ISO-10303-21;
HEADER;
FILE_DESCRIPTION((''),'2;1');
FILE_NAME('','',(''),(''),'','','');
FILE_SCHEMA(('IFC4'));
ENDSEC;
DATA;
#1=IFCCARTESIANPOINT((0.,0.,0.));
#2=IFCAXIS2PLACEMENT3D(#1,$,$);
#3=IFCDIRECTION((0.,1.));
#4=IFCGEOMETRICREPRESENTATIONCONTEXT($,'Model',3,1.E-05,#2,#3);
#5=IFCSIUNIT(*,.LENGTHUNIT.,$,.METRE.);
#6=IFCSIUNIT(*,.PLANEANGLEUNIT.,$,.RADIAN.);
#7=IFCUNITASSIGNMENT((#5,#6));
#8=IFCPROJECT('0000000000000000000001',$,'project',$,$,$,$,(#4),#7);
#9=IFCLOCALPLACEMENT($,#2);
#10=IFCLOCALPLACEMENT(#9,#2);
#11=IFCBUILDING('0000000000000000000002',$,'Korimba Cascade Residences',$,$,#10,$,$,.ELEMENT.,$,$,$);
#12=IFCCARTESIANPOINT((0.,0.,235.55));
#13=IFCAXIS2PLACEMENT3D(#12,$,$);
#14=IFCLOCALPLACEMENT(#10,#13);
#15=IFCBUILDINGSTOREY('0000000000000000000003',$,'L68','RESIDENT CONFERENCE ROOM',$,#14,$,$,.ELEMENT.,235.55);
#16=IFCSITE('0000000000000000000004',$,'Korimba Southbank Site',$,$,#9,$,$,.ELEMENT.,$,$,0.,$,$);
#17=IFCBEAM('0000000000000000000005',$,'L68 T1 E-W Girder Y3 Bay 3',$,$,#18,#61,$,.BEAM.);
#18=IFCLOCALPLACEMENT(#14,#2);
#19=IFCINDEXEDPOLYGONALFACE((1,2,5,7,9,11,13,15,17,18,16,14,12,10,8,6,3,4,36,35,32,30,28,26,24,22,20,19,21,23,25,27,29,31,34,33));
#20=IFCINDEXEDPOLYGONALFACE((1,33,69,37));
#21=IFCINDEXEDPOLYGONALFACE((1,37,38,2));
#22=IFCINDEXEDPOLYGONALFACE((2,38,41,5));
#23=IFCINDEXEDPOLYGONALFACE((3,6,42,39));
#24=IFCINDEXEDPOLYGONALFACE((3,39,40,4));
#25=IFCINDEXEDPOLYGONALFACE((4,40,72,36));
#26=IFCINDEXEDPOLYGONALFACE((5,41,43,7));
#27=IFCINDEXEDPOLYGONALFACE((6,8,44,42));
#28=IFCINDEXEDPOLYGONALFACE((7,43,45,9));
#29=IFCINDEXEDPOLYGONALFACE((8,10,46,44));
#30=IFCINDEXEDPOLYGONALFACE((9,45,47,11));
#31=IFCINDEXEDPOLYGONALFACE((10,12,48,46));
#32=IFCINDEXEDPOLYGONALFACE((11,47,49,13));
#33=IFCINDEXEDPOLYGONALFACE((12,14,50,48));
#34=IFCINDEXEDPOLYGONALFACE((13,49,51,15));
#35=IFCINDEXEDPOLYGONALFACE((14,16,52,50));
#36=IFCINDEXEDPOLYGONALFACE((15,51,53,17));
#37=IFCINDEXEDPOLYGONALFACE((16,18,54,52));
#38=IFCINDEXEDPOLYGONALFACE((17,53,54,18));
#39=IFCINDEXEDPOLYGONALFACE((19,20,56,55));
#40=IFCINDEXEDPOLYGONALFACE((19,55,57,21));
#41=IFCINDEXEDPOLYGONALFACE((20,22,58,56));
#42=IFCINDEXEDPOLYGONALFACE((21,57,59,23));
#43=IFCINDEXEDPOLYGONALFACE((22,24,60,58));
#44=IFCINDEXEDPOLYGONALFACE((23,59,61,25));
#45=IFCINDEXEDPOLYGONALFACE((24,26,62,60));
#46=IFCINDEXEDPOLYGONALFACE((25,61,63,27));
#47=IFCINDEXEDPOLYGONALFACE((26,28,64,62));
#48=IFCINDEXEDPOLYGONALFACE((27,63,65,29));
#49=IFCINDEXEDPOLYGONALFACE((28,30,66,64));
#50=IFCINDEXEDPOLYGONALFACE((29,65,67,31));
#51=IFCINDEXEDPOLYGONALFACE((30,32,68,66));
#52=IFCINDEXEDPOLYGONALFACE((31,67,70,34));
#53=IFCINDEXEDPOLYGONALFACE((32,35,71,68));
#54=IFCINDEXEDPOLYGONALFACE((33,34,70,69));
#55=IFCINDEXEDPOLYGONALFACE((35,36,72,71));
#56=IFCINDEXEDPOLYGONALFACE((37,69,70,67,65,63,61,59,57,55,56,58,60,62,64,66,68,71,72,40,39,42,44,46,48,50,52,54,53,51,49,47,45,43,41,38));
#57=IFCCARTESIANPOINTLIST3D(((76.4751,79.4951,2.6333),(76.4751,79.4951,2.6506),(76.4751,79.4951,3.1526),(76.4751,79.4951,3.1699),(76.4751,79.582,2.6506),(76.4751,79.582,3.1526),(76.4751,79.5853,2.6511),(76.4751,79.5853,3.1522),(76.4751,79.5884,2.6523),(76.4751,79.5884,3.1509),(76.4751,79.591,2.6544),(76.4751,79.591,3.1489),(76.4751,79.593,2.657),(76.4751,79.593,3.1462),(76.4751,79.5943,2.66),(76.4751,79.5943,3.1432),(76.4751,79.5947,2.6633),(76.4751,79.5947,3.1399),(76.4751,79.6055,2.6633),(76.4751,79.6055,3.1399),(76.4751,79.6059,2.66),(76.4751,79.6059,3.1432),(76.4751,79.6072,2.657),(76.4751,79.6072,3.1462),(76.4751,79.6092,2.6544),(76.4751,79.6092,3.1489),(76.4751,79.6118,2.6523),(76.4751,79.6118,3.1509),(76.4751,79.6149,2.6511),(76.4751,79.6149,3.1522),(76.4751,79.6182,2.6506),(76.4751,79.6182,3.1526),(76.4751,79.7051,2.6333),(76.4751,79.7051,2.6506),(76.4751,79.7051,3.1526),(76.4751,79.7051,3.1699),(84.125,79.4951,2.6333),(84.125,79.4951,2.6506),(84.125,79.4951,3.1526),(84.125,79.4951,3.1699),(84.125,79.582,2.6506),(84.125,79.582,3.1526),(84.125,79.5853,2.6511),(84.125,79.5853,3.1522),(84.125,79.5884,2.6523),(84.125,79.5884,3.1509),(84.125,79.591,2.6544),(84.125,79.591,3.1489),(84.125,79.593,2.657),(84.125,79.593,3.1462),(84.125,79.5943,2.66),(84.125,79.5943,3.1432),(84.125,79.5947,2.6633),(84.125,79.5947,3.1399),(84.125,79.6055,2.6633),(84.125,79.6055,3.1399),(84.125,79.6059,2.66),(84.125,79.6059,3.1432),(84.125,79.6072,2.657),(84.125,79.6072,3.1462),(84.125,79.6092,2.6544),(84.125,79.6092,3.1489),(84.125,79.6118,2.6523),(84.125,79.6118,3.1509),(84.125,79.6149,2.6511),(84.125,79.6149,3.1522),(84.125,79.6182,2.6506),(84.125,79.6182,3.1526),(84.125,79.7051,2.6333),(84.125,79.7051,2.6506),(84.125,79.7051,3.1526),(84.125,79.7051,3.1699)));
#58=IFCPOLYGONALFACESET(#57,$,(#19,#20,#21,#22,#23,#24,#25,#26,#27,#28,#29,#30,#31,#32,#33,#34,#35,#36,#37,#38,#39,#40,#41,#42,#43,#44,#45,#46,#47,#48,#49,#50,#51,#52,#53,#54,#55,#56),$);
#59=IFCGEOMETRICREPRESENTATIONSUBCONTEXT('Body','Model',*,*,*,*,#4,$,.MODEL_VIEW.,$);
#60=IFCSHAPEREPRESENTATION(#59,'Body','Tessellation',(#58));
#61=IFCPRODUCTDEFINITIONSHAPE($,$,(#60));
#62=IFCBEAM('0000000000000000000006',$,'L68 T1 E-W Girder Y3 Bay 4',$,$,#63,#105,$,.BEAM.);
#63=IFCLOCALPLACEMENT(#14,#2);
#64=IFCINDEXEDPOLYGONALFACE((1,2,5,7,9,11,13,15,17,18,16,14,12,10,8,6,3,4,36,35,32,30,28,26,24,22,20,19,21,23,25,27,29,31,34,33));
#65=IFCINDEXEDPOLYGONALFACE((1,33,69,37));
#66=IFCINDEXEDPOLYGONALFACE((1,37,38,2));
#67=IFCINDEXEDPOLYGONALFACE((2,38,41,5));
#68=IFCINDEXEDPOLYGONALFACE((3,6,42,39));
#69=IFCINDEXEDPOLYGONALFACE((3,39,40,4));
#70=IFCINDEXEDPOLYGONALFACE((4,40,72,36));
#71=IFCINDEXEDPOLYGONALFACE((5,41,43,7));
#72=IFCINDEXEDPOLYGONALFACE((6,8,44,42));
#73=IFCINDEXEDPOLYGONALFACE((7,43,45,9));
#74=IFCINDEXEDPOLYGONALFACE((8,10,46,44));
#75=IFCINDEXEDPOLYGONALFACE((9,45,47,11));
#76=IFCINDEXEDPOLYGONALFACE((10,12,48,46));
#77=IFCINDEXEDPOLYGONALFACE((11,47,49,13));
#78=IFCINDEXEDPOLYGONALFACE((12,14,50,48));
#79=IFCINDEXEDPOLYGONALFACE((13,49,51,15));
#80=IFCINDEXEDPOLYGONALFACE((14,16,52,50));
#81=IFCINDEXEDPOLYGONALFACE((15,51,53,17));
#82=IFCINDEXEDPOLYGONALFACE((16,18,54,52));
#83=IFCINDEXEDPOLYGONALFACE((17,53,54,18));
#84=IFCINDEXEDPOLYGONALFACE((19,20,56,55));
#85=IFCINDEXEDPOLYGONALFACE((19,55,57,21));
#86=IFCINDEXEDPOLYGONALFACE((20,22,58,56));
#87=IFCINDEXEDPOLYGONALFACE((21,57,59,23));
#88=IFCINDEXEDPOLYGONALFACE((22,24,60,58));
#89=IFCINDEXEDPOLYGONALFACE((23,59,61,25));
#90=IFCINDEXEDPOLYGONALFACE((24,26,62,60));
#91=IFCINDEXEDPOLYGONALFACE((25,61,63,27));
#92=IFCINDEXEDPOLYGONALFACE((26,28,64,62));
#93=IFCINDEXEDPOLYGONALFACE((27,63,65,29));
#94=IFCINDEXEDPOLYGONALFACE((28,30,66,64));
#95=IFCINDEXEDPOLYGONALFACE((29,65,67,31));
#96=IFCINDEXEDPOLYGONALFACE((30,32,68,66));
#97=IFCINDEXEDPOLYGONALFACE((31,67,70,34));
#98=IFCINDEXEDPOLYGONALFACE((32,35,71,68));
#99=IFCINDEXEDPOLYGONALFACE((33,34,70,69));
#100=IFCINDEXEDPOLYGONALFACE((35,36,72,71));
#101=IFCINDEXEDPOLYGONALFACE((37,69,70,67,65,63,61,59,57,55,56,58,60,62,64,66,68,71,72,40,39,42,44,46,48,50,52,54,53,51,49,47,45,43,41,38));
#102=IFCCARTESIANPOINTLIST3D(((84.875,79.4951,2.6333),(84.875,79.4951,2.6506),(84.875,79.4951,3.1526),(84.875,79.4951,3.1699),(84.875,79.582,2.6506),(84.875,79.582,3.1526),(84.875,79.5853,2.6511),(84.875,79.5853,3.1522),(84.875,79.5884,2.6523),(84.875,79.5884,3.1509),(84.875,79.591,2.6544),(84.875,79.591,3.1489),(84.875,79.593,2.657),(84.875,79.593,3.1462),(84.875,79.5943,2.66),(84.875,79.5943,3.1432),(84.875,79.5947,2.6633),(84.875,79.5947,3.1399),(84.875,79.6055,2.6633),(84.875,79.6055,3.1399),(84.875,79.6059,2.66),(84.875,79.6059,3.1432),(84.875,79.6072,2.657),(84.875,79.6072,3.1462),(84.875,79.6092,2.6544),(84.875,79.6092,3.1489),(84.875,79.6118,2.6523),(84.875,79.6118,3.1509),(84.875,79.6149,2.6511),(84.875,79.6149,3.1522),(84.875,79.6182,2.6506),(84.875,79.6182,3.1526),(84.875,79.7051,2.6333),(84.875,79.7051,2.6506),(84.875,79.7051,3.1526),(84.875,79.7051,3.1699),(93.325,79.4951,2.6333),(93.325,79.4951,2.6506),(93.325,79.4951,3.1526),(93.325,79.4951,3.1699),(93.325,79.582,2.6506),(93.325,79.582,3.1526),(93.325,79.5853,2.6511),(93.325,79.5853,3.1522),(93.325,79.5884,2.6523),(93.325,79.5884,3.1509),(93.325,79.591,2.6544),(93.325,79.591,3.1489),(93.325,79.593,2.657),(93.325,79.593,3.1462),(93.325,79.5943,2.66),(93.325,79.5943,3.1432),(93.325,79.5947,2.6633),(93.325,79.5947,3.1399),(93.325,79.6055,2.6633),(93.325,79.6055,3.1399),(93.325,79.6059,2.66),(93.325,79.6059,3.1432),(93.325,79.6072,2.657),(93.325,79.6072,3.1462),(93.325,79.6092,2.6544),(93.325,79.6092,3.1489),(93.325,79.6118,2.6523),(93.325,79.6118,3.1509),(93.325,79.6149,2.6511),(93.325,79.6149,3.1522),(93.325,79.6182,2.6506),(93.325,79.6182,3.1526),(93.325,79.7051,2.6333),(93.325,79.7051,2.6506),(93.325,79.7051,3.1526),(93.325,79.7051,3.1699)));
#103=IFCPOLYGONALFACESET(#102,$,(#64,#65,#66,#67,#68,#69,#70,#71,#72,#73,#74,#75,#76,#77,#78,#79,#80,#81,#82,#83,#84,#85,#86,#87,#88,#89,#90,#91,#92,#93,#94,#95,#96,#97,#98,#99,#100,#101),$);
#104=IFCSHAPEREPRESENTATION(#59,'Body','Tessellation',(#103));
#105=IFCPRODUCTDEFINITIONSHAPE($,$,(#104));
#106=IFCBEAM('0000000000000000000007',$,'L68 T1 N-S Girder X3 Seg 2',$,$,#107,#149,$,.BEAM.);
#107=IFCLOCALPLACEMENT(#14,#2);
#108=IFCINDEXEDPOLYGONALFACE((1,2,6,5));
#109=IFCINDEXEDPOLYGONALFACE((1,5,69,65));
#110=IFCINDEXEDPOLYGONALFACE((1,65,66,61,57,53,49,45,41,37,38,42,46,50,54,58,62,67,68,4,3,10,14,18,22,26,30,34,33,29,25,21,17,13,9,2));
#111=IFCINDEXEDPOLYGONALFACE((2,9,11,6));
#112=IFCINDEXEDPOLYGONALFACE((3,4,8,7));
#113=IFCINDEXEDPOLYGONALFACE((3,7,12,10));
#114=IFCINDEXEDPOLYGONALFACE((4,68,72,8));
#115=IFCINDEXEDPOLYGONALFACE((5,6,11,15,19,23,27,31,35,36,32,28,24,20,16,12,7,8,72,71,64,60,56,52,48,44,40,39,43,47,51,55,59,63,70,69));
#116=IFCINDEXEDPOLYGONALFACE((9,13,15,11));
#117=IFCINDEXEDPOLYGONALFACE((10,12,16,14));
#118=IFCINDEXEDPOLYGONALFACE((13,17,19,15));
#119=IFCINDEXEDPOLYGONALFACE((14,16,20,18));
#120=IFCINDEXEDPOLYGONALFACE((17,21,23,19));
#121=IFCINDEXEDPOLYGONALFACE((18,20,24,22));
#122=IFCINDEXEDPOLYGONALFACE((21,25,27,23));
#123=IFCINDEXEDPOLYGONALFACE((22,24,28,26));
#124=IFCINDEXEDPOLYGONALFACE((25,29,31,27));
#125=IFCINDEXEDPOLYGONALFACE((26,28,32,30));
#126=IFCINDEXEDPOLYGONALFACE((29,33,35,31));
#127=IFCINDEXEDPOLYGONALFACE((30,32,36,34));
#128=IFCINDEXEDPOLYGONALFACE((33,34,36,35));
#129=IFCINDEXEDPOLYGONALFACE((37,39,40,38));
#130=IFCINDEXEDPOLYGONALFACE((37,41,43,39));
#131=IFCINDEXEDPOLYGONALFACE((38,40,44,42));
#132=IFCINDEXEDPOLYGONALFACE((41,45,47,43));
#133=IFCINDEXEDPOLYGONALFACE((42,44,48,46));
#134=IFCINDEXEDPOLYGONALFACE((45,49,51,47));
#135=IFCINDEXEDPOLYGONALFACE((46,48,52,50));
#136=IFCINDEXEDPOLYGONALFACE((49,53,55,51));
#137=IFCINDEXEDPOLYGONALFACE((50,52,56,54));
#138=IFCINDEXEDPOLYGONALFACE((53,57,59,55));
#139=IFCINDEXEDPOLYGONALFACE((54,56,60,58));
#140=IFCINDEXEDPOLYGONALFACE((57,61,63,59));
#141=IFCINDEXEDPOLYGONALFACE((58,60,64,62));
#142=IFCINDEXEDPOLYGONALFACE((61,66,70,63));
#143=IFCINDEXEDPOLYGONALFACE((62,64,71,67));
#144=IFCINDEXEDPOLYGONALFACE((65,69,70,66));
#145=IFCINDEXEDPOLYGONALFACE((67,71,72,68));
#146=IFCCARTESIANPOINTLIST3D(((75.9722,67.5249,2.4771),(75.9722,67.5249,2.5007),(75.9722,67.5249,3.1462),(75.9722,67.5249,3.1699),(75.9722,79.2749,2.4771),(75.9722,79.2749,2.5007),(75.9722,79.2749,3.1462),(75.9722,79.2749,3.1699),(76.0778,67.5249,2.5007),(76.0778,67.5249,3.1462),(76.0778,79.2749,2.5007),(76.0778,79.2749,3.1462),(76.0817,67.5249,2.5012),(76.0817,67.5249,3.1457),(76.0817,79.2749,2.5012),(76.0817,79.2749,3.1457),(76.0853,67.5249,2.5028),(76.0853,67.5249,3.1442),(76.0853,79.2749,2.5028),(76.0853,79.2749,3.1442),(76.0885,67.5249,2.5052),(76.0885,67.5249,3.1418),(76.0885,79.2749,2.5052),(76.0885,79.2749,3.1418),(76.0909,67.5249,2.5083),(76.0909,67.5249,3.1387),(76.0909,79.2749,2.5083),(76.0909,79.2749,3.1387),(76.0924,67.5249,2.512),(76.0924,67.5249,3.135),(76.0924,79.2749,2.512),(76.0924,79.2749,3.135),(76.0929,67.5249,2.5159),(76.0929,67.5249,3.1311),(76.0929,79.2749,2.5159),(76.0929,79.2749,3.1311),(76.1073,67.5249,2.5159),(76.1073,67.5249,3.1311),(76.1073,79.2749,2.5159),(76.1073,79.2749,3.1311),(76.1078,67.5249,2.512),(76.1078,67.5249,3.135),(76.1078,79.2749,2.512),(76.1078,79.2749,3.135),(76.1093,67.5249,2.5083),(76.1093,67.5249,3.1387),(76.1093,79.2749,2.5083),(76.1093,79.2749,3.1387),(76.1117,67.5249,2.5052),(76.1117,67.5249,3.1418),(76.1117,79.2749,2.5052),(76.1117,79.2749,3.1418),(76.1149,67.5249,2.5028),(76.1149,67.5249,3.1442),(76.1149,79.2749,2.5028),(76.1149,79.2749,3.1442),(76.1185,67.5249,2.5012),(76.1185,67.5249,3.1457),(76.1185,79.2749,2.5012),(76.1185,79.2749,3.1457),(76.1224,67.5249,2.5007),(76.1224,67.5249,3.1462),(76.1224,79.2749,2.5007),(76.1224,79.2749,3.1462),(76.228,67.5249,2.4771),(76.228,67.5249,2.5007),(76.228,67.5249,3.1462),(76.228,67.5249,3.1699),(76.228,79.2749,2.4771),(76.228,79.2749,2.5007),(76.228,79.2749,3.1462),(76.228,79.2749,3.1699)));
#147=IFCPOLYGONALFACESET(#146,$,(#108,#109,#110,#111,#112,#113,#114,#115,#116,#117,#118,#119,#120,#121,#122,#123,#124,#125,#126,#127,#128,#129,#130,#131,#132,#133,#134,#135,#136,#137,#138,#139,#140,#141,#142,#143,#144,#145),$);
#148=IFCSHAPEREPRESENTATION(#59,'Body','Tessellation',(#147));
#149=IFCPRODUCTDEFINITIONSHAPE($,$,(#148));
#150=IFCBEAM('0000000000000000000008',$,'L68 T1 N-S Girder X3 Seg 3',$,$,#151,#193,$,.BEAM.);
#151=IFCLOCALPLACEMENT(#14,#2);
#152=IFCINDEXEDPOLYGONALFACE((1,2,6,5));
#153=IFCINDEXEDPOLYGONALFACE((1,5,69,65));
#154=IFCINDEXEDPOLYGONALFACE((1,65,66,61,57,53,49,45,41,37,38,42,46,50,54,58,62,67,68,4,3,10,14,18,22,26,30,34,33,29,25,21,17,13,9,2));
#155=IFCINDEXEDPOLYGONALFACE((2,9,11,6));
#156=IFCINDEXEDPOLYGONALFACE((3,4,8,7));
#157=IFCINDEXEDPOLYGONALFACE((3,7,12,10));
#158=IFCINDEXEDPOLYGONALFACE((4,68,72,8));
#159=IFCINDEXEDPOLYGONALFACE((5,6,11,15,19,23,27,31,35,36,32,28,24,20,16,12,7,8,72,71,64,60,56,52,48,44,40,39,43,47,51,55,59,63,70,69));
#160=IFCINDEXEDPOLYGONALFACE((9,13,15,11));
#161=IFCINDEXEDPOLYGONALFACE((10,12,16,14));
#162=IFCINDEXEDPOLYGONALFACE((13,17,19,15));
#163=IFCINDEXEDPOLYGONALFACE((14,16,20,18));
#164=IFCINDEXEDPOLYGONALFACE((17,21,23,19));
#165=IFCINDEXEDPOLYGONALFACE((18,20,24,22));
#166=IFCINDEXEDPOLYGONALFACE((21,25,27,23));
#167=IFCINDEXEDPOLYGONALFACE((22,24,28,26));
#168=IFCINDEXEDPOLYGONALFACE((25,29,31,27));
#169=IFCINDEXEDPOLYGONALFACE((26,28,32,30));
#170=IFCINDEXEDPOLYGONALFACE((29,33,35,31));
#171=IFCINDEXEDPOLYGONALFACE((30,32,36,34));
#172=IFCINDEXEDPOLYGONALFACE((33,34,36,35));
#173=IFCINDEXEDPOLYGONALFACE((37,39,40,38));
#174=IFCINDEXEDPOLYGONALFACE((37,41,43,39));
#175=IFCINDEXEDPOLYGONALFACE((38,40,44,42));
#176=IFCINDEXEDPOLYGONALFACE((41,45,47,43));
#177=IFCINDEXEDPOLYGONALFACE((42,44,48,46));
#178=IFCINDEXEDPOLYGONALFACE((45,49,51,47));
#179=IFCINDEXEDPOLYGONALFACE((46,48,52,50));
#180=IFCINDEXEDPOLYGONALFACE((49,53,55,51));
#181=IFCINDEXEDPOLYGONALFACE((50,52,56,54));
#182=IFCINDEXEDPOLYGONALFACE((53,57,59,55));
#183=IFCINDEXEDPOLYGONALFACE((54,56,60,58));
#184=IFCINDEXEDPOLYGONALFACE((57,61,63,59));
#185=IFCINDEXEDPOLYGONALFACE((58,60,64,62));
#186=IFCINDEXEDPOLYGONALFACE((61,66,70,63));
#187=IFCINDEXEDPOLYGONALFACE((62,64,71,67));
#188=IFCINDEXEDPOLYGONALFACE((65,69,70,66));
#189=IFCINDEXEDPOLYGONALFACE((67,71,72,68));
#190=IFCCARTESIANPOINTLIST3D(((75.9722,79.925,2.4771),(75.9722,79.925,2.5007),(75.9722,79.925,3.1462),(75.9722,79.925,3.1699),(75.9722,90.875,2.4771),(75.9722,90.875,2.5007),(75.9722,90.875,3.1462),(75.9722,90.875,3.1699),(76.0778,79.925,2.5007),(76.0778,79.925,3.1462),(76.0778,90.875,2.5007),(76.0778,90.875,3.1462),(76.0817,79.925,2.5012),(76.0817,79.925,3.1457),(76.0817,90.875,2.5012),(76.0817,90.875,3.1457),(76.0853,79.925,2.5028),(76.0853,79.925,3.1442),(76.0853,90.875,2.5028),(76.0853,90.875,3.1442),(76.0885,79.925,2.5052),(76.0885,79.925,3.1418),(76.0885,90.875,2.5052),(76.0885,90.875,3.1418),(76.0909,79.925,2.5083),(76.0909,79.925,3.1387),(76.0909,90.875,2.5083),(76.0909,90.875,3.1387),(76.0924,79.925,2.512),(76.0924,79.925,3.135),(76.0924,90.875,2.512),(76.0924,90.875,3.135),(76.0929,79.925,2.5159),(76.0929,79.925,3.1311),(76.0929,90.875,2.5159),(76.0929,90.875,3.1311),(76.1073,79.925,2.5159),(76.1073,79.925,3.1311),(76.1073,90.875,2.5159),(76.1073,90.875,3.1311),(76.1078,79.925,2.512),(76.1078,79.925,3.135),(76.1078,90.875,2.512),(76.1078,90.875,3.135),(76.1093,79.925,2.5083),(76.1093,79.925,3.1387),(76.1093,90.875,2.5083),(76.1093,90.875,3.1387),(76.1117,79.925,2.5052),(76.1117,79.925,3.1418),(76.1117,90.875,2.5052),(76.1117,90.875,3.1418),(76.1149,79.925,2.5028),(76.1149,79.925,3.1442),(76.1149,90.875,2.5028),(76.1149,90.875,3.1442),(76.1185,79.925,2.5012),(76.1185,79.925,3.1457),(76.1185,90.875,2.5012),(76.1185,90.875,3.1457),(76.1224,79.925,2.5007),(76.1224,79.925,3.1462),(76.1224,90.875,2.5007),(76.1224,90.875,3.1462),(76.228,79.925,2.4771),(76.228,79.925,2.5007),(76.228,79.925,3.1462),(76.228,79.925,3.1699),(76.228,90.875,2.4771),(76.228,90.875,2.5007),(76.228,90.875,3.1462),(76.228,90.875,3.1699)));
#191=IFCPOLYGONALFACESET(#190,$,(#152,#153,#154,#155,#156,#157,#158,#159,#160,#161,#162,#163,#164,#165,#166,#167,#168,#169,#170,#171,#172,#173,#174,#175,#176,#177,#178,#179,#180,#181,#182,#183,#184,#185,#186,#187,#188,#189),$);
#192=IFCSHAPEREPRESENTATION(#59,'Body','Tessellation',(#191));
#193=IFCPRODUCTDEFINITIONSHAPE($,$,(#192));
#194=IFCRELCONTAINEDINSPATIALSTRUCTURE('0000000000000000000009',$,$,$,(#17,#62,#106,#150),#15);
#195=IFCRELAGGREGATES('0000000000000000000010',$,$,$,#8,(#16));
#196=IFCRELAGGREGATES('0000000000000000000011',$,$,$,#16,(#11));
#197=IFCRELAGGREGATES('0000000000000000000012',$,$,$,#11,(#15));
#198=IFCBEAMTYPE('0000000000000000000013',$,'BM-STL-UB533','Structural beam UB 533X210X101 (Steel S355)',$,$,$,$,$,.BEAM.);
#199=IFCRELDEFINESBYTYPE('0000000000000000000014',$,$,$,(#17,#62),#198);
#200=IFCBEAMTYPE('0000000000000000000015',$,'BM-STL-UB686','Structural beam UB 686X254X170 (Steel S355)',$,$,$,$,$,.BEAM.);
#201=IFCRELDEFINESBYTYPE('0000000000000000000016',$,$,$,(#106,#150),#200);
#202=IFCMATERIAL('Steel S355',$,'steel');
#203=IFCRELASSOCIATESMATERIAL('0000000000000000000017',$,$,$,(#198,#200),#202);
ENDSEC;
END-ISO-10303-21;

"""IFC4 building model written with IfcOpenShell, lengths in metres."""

from ifc_helpers import new_model, si_unit, direction, frame, origin, origin_2d, place, context, subcontext, project, spatial, i_section, extrude, material, material_profile, profile_set, type_object, element, save


model = new_model("IFC4")

# Units and contexts
model_context = context("Model", 3, precision=1e-05, world=origin(), true_north=direction((0.0, 1.0)))
body_context = subcontext(model_context, "Body", "Model", "MODEL_VIEW")
ifc_project = project(units=[si_unit("LENGTHUNIT", "METRE"), si_unit("PLANEANGLEUNIT", "RADIAN")], contexts=[model_context])

# Site, building, storey
site_placement = place(None, origin())
site = spatial("IfcSite", under=ifc_project, at=site_placement, Name="Korimba Southbank Site", CompositionType="ELEMENT", RefElevation=0.0)
building_placement = place(site_placement, origin())
building = spatial("IfcBuilding", under=site, at=building_placement, Name="Korimba Cascade Residences", CompositionType="ELEMENT")
storey_placement = place(building_placement, frame((0.0, 0.0, 235.55)))
storey = spatial("IfcBuildingStorey", under=building, at=storey_placement, Name="L68", Description="RESIDENT CONFERENCE ROOM", CompositionType="ELEMENT", Elevation=235.55)

# Beams
ifc_material_1 = material(Name="Steel S355", Category="steel")
ifc_material_profile_1 = material_profile(ifc_material_1, i_section(OverallWidth=0.21, OverallDepth=0.5366, WebThickness=0.0107, FlangeThickness=0.0173, FilletRadius=0.0127, at=origin_2d()), Name="Steel S355")
ifc_profile_set_1 = profile_set([ifc_material_profile_1], Name="Steel S355")
beam_type_1 = type_object("IfcBeamType", Name="BM-STL-UB533", Description="Structural beam UB 533X210X101 (Steel S355)", PredefinedType="BEAM", material=ifc_profile_set_1)
beam_1_placement = place(storey_placement, frame((76.4751, 79.6001, 2.9016), z_axis=(1.0, 0.0, 0.0), x_axis=(0.0, 1.0, 0.0)))
element("IfcBeam", 1, at=beam_1_placement, inside=storey, type_object=beam_type_1, Name="L68 T1 E-W Girder Y3 Bay 3", PredefinedType="BEAM", context=body_context, shape_type="SweptSolid", body=[
    extrude(i_section(OverallWidth=0.21, OverallDepth=0.5366, WebThickness=0.0107, FlangeThickness=0.0173, FilletRadius=0.0127, at=origin_2d()), origin(), (0.0, 0.0, 1.0), 7.6499),
])
beam_2_placement = place(storey_placement, frame((84.875, 79.6001, 2.9016), z_axis=(1.0, 0.0, 0.0), x_axis=(0.0, 1.0, 0.0)))
element("IfcBeam", 2, at=beam_2_placement, inside=storey, type_object=beam_type_1, Name="L68 T1 E-W Girder Y3 Bay 4", PredefinedType="BEAM", context=body_context, shape_type="SweptSolid", body=[
    extrude(i_section(OverallWidth=0.21, OverallDepth=0.5366, WebThickness=0.0107, FlangeThickness=0.0173, FilletRadius=0.0127, at=origin_2d()), origin(), (0.0, 0.0, 1.0), 8.45),
])
ifc_material_profile_2 = material_profile(ifc_material_1, i_section(OverallWidth=0.2559, OverallDepth=0.6929, WebThickness=0.0144, FlangeThickness=0.0237, FilletRadius=0.0151, at=origin_2d()), Name="Steel S355")
ifc_profile_set_2 = profile_set([ifc_material_profile_2], Name="Steel S355")
beam_type_2 = type_object("IfcBeamType", Name="BM-STL-UB686", Description="Structural beam UB 686X254X170 (Steel S355)", PredefinedType="BEAM", material=ifc_profile_set_2)
beam_3_placement = place(storey_placement, frame((76.1001, 67.5249, 2.8235), z_axis=(0.0, 1.0, 0.0), x_axis=(-1.0, 0.0, 0.0)))
element("IfcBeam", 3, at=beam_3_placement, inside=storey, type_object=beam_type_2, Name="L68 T1 N-S Girder X3 Seg 2", PredefinedType="BEAM", context=body_context, shape_type="SweptSolid", body=[
    extrude(i_section(OverallWidth=0.2559, OverallDepth=0.6929, WebThickness=0.0144, FlangeThickness=0.0237, FilletRadius=0.0151, at=origin_2d()), origin(), (0.0, 0.0, 1.0), 11.75),
])
beam_4_placement = place(storey_placement, frame((76.1001, 79.925, 2.8235), z_axis=(0.0, 1.0, 0.0), x_axis=(-1.0, 0.0, 0.0)))
element("IfcBeam", 4, at=beam_4_placement, inside=storey, type_object=beam_type_2, Name="L68 T1 N-S Girder X3 Seg 3", PredefinedType="BEAM", context=body_context, shape_type="SweptSolid", body=[
    extrude(i_section(OverallWidth=0.2559, OverallDepth=0.6929, WebThickness=0.0144, FlangeThickness=0.0237, FilletRadius=0.0151, at=origin_2d()), origin(), (0.0, 0.0, 1.0), 10.95),
])

save(model, "model.ifc")
